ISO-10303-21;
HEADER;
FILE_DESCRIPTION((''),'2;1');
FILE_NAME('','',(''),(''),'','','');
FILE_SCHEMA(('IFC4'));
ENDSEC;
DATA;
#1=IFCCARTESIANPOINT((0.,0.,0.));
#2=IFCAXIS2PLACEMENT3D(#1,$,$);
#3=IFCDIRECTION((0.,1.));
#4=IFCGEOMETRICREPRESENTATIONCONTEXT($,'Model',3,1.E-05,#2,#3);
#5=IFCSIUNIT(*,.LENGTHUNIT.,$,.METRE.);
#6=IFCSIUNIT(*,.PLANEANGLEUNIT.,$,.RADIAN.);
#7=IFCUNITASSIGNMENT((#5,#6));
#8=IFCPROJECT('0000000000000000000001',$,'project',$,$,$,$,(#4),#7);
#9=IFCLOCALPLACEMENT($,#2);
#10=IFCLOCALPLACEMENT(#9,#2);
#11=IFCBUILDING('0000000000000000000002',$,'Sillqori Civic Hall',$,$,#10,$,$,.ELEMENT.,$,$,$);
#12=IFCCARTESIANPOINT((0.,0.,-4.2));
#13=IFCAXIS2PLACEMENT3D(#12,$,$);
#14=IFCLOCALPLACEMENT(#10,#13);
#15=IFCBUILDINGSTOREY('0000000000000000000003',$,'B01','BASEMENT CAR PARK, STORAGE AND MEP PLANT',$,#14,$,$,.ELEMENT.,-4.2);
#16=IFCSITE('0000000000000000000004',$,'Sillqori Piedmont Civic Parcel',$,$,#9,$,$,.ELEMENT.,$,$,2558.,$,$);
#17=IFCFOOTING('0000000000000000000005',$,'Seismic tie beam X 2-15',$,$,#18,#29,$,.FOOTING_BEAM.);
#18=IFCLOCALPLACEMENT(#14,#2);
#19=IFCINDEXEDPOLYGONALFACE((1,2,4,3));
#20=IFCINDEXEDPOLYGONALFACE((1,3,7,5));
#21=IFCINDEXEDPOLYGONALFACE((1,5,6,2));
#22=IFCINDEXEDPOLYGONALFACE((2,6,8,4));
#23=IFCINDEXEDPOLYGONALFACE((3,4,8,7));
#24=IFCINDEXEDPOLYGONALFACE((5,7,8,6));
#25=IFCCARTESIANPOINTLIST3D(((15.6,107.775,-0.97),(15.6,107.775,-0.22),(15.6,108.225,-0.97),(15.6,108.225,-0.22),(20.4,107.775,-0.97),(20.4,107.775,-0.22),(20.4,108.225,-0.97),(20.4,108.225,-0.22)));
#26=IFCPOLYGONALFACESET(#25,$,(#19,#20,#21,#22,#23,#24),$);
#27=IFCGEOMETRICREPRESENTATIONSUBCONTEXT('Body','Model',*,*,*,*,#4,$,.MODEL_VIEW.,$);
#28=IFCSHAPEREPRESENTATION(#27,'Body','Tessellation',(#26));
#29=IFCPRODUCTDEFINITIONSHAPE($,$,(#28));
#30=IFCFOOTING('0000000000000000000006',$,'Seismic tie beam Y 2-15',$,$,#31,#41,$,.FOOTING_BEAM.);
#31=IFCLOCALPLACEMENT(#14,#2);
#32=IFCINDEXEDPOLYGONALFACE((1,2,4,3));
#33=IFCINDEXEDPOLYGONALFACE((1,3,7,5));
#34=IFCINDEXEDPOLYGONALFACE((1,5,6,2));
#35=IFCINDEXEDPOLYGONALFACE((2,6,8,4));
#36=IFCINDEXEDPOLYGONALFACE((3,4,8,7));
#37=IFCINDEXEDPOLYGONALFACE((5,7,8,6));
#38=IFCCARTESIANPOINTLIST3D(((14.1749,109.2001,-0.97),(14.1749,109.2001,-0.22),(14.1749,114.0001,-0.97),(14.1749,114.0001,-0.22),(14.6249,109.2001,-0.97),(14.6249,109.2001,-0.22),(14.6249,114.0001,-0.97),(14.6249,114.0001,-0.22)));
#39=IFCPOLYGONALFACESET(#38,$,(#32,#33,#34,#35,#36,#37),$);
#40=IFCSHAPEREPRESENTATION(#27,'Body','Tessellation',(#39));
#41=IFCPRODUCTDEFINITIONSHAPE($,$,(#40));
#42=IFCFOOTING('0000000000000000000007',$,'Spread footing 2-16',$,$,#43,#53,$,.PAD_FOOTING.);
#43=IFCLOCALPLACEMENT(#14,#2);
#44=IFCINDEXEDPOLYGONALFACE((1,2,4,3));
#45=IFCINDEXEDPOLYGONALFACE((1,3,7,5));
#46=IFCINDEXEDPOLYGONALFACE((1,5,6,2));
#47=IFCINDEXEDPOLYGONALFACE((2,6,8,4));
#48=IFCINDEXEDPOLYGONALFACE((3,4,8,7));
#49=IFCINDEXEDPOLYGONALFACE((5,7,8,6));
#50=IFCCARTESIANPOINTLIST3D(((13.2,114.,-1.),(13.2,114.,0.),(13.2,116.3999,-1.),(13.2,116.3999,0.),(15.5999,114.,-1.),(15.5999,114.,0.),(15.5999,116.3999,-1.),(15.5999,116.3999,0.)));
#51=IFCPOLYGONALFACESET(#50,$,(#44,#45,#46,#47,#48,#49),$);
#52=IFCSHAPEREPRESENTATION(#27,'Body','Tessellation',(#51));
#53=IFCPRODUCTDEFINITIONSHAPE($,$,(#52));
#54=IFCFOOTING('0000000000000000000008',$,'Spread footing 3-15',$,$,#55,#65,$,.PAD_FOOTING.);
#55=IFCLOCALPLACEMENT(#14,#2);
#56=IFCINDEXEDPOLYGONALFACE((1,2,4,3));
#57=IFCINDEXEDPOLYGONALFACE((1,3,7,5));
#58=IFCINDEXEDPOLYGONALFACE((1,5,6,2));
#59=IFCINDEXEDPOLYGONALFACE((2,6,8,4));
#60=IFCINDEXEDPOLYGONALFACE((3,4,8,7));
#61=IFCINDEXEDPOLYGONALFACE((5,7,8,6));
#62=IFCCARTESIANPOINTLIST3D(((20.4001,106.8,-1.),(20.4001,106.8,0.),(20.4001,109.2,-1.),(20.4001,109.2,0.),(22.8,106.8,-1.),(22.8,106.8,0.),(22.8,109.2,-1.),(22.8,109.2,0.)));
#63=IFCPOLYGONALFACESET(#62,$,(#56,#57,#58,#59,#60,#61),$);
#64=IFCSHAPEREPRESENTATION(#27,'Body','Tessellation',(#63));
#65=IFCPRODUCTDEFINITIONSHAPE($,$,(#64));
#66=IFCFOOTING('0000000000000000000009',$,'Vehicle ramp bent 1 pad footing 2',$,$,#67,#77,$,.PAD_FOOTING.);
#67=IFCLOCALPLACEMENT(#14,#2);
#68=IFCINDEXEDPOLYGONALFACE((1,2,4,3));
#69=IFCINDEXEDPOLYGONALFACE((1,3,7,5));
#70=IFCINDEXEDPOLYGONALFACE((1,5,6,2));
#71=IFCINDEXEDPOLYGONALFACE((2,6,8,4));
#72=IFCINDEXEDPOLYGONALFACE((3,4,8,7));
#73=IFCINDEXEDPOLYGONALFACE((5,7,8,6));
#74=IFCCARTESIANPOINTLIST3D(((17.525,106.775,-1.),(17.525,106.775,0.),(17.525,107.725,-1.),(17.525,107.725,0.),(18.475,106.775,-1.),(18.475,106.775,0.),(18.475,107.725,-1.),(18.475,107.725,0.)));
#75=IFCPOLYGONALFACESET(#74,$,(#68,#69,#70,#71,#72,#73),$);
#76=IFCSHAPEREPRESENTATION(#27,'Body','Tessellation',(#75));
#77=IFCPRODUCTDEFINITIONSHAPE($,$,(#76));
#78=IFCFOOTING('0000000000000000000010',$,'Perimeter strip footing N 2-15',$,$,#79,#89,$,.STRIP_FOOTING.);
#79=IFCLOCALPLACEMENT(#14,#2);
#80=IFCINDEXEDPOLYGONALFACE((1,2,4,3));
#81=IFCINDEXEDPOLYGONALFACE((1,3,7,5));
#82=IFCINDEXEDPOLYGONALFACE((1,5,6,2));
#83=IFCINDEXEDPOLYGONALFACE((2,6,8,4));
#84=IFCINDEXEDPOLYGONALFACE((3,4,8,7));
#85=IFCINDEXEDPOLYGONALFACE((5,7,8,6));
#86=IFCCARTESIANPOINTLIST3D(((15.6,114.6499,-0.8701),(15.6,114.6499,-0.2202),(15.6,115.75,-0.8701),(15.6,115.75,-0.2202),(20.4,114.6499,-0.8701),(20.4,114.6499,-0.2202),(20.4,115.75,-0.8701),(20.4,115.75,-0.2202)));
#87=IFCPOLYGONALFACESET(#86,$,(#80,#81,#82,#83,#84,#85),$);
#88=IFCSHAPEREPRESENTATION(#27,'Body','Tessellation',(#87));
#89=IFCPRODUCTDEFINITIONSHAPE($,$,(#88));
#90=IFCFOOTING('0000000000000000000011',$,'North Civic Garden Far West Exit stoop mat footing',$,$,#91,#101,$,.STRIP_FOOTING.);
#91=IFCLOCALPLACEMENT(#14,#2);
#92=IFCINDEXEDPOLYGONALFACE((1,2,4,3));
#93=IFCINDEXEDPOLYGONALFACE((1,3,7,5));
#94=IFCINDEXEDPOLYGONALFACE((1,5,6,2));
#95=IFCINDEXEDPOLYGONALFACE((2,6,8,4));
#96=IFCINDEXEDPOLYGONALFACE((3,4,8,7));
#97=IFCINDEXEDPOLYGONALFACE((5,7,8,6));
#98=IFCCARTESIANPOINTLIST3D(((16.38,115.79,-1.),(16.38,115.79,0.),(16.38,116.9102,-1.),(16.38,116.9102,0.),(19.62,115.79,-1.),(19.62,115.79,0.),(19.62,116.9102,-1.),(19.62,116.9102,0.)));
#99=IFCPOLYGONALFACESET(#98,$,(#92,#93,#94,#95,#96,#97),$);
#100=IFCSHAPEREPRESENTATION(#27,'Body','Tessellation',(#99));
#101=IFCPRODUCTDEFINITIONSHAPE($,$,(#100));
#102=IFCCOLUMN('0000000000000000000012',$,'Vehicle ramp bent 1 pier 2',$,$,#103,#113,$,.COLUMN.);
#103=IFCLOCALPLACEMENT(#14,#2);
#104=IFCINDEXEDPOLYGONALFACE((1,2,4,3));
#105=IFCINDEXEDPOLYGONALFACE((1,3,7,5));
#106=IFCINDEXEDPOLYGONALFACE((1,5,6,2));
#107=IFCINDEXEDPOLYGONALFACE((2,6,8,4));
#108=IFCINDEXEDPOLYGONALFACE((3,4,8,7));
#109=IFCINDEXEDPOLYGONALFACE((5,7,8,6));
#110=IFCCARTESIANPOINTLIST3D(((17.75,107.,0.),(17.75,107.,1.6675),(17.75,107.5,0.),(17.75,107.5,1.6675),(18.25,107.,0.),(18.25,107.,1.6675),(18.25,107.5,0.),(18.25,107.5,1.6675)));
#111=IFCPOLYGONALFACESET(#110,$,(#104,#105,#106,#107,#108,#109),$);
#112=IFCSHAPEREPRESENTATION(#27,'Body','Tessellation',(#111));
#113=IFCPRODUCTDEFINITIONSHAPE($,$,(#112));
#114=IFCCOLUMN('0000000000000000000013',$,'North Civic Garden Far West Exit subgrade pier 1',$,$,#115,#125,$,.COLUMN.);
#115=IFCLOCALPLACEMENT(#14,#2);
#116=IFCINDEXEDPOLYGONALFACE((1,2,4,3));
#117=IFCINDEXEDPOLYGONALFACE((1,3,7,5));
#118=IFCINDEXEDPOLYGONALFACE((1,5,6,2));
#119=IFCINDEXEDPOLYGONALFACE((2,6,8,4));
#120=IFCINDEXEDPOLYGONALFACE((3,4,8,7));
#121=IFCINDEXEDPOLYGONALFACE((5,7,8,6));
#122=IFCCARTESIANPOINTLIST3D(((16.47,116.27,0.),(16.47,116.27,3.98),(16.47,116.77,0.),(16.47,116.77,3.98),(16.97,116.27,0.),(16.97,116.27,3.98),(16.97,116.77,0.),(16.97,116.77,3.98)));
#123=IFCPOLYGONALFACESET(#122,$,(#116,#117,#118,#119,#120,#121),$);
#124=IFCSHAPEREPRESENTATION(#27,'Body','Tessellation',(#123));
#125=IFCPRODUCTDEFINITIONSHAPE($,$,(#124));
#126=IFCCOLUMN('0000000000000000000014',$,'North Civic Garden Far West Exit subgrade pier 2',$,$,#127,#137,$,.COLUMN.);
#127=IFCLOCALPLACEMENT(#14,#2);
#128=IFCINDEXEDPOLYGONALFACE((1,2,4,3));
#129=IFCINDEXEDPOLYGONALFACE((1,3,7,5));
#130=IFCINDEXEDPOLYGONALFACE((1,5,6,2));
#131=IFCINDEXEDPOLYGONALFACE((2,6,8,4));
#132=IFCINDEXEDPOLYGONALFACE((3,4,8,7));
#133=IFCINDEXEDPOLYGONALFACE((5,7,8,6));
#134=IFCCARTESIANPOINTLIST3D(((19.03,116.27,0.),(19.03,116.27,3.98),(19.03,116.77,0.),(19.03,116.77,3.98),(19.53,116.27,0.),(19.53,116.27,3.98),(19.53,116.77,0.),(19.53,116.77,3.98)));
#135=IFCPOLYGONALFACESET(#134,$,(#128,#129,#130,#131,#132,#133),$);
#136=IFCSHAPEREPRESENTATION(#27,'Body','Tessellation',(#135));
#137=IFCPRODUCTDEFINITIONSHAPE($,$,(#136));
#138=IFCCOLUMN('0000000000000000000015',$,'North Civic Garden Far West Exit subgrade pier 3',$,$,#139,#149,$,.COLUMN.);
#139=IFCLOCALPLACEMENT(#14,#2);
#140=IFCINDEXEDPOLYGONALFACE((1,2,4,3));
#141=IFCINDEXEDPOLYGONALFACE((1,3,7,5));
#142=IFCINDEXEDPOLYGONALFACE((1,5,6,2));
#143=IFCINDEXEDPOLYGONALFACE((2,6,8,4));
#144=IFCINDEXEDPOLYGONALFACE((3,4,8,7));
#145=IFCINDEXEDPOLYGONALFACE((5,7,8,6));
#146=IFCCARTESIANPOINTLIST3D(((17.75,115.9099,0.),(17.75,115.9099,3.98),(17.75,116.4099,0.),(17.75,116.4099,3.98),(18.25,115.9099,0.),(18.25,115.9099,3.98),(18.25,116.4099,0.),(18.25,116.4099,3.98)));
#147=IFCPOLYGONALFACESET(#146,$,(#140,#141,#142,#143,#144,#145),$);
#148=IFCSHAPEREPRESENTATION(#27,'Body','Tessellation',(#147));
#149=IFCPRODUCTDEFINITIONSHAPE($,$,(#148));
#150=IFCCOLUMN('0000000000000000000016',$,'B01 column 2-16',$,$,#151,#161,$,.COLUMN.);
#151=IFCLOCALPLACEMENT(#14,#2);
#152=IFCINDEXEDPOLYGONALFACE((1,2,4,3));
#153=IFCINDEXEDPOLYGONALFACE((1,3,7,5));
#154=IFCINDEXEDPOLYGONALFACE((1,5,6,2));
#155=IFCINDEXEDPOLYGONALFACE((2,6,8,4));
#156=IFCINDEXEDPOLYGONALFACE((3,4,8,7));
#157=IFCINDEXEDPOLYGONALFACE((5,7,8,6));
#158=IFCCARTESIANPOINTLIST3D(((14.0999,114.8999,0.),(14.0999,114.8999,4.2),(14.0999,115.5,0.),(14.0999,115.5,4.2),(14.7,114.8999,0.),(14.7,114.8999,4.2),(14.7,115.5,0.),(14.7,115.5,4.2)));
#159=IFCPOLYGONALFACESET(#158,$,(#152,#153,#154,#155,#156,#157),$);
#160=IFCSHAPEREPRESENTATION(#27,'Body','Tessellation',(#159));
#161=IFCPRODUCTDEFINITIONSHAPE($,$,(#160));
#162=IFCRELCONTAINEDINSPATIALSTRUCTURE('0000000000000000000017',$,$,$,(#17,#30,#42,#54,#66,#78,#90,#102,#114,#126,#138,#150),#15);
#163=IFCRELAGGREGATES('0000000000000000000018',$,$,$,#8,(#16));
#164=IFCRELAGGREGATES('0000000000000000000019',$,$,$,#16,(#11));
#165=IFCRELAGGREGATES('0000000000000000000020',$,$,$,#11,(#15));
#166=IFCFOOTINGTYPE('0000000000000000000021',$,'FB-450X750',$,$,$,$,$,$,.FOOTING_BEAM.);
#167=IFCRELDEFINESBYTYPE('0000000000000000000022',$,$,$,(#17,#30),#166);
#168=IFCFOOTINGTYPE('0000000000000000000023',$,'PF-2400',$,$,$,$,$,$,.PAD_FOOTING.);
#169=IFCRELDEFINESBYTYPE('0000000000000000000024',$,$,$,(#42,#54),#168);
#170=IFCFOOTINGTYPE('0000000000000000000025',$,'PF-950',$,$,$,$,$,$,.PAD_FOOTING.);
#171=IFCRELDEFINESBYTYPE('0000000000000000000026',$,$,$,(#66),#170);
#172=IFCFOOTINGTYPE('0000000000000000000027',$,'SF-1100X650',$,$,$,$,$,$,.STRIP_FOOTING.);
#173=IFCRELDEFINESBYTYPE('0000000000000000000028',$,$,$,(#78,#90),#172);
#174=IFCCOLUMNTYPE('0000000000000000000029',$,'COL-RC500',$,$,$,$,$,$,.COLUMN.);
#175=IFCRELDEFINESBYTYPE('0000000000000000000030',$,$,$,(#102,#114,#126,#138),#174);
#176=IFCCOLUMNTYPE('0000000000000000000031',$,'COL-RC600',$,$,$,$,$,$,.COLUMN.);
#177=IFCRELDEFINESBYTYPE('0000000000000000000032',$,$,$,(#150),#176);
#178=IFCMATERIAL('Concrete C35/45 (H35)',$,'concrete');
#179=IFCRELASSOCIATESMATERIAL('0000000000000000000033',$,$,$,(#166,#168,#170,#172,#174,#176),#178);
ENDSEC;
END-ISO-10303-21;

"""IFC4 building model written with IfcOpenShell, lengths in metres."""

from ifc_helpers import new_model, si_unit, direction, frame, origin, origin_2d, place, context, subcontext, project, spatial, rectangle, extrude, material, material_profile, profile_set, type_object, element, save


model = new_model("IFC4")

# Units and contexts
model_context = context("Model", 3, precision=1e-05, world=origin(), true_north=direction((0.0, 1.0)))
body_context = subcontext(model_context, "Body", "Model", "MODEL_VIEW")
ifc_project = project(units=[si_unit("LENGTHUNIT", "METRE"), si_unit("PLANEANGLEUNIT", "RADIAN")], contexts=[model_context])

# Site, building, storey
site_placement = place(None, origin())
site = spatial("IfcSite", under=ifc_project, at=site_placement, Name="Sillqori Piedmont Civic Parcel", CompositionType="ELEMENT", RefElevation=2558.0)
building_placement = place(site_placement, origin())
building = spatial("IfcBuilding", under=site, at=building_placement, Name="Sillqori Civic Hall", CompositionType="ELEMENT")
storey_placement = place(building_placement, frame((0.0, 0.0, -4.2)))
storey = spatial("IfcBuildingStorey", under=building, at=storey_placement, Name="B01", Description="BASEMENT CAR PARK, STORAGE AND MEP PLANT", CompositionType="ELEMENT", Elevation=-4.2)

# Footings
ifc_material_1 = material(Name="Concrete C35/45 (H35)", Category="concrete")
footing_type_1 = type_object("IfcFootingType", Name="FB-450X750", PredefinedType="FOOTING_BEAM", material=ifc_material_1)
footing_1_placement = place(storey_placement, frame((18.0, 108.0, -0.97), z_axis=(0.0, 0.0, 1.0), x_axis=(1.0, 0.0, 0.0)))
element("IfcFooting", 1, at=footing_1_placement, inside=storey, type_object=footing_type_1, Name="Seismic tie beam X 2-15", PredefinedType="FOOTING_BEAM", context=body_context, shape_type="SweptSolid", body=[
    extrude(rectangle(XDim=4.8, YDim=0.45, at=origin_2d()), origin(), (0.0, 0.0, 1.0), 0.75),
])
footing_2_placement = place(storey_placement, frame((14.3999, 111.6001, -0.97), z_axis=(0.0, 0.0, 1.0), x_axis=(1.0, 0.0, 0.0)))
element("IfcFooting", 2, at=footing_2_placement, inside=storey, type_object=footing_type_1, Name="Seismic tie beam Y 2-15", PredefinedType="FOOTING_BEAM", context=body_context, shape_type="SweptSolid", body=[
    extrude(rectangle(XDim=0.45, YDim=4.8, at=origin_2d()), origin(), (0.0, 0.0, 1.0), 0.75),
])
footing_type_2 = type_object("IfcFootingType", Name="PF-2400", PredefinedType="PAD_FOOTING", material=ifc_material_1)
for number, where, z_axis, x_axis, name in (
    (3, (14.3999, 115.2, -1.0), (0.0, 0.0, 1.0), (1.0, 0.0, 0.0), "Spread footing 2-16"),
    (4, (21.6001, 108.0, -1.0), (0.0, 0.0, 1.0), (1.0, 0.0, 0.0), "Spread footing 3-15"),
):
    element("IfcFooting", number, at=place(storey_placement, frame(where, z_axis=z_axis, x_axis=x_axis)), inside=storey, type_object=footing_type_2, Name=name, PredefinedType="PAD_FOOTING", context=body_context, shape_type="SweptSolid", body=[
        extrude(rectangle(XDim=2.3999, YDim=2.3999, at=origin_2d()), origin(), (0.0, 0.0, 1.0), 1.0),
    ])
footing_type_3 = type_object("IfcFootingType", Name="PF-950", PredefinedType="PAD_FOOTING", material=ifc_material_1)
footing_3_placement = place(storey_placement, frame((18.0, 107.25, -1.0), z_axis=(0.0, 0.0, 1.0), x_axis=(1.0, 0.0, 0.0)))
element("IfcFooting", 5, at=footing_3_placement, inside=storey, type_object=footing_type_3, Name="Vehicle ramp bent 1 pad footing 2", PredefinedType="PAD_FOOTING", context=body_context, shape_type="SweptSolid", body=[
    extrude(rectangle(XDim=0.95, YDim=0.95, at=origin_2d()), origin(), (0.0, 0.0, 1.0), 1.0),
])
footing_type_4 = type_object("IfcFootingType", Name="SF-1100X650", PredefinedType="STRIP_FOOTING", material=ifc_material_1)
footing_4_placement = place(storey_placement, frame((18.0, 115.2, -0.8701), z_axis=(0.0, 0.0, 1.0), x_axis=(1.0, 0.0, 0.0)))
element("IfcFooting", 6, at=footing_4_placement, inside=storey, type_object=footing_type_4, Name="Perimeter strip footing N 2-15", PredefinedType="STRIP_FOOTING", context=body_context, shape_type="SweptSolid", body=[
    extrude(rectangle(XDim=4.8, YDim=1.1001, at=origin_2d()), origin(), (0.0, 0.0, 1.0), 0.6499),
])
footing_5_placement = place(storey_placement, frame((18.0, 116.3501, -1.0), z_axis=(0.0, 0.0, 1.0), x_axis=(1.0, 0.0, 0.0)))
element("IfcFooting", 7, at=footing_5_placement, inside=storey, type_object=footing_type_4, Name="North Civic Garden Far West Exit stoop mat footing", PredefinedType="STRIP_FOOTING", context=body_context, shape_type="SweptSolid", body=[
    extrude(rectangle(XDim=3.24, YDim=1.1201, at=origin_2d()), origin(), (0.0, 0.0, 1.0), 1.0),
])

# Columns
ifc_material_profile_1 = material_profile(ifc_material_1, rectangle(XDim=0.5, YDim=0.5, at=origin_2d()), Name="RC 500x500")
ifc_profile_set_1 = profile_set([ifc_material_profile_1], Name="Concrete C35/45 (H35)")
column_type_1 = type_object("IfcColumnType", Name="COL-RC500", PredefinedType="COLUMN", material=ifc_profile_set_1)
column_1_placement = place(storey_placement, frame((18.0, 107.25, 0.0), z_axis=(0.0, 0.0, 1.0), x_axis=(1.0, 0.0, 0.0)))
element("IfcColumn", 8, at=column_1_placement, inside=storey, type_object=column_type_1, Name="Vehicle ramp bent 1 pier 2", PredefinedType="COLUMN", context=body_context, shape_type="SweptSolid", body=[
    extrude(rectangle(XDim=0.5, YDim=0.5, at=origin_2d()), origin(), (0.0, 0.0, 1.0), 1.6675),
])
for number, where, z_axis, x_axis, name in (
    (9, (16.72, 116.52, 0.0), (0.0, 0.0, 1.0), (1.0, 0.0, 0.0), "North Civic Garden Far West Exit subgrade pier 1"),
    (10, (19.28, 116.52, 0.0), (0.0, 0.0, 1.0), (1.0, 0.0, 0.0), "North Civic Garden Far West Exit subgrade pier 2"),
    (11, (18.0, 116.1599, 0.0), (0.0, 0.0, 1.0), (1.0, 0.0, 0.0), "North Civic Garden Far West Exit subgrade pier 3"),
):
    element("IfcColumn", number, at=place(storey_placement, frame(where, z_axis=z_axis, x_axis=x_axis)), inside=storey, type_object=column_type_1, Name=name, PredefinedType="COLUMN", context=body_context, shape_type="SweptSolid", body=[
        extrude(rectangle(XDim=0.5, YDim=0.5, at=origin_2d()), origin(), (0.0, 0.0, 1.0), 3.98),
    ])
ifc_material_profile_2 = material_profile(ifc_material_1, rectangle(XDim=0.6001, YDim=0.6001, at=origin_2d()), Name="RC 600x600")
ifc_profile_set_2 = profile_set([ifc_material_profile_2], Name="Concrete C35/45 (H35)")
column_type_2 = type_object("IfcColumnType", Name="COL-RC600", PredefinedType="COLUMN", material=ifc_profile_set_2)
column_2_placement = place(storey_placement, frame((14.3999, 115.2, 0.0), z_axis=(0.0, 0.0, 1.0), x_axis=(1.0, 0.0, 0.0)))
element("IfcColumn", 12, at=column_2_placement, inside=storey, type_object=column_type_2, Name="B01 column 2-16", PredefinedType="COLUMN", context=body_context, shape_type="SweptSolid", body=[
    extrude(rectangle(XDim=0.6001, YDim=0.6001, at=origin_2d()), origin(), (0.0, 0.0, 1.0), 4.2),
])

save(model, "model.ifc")
